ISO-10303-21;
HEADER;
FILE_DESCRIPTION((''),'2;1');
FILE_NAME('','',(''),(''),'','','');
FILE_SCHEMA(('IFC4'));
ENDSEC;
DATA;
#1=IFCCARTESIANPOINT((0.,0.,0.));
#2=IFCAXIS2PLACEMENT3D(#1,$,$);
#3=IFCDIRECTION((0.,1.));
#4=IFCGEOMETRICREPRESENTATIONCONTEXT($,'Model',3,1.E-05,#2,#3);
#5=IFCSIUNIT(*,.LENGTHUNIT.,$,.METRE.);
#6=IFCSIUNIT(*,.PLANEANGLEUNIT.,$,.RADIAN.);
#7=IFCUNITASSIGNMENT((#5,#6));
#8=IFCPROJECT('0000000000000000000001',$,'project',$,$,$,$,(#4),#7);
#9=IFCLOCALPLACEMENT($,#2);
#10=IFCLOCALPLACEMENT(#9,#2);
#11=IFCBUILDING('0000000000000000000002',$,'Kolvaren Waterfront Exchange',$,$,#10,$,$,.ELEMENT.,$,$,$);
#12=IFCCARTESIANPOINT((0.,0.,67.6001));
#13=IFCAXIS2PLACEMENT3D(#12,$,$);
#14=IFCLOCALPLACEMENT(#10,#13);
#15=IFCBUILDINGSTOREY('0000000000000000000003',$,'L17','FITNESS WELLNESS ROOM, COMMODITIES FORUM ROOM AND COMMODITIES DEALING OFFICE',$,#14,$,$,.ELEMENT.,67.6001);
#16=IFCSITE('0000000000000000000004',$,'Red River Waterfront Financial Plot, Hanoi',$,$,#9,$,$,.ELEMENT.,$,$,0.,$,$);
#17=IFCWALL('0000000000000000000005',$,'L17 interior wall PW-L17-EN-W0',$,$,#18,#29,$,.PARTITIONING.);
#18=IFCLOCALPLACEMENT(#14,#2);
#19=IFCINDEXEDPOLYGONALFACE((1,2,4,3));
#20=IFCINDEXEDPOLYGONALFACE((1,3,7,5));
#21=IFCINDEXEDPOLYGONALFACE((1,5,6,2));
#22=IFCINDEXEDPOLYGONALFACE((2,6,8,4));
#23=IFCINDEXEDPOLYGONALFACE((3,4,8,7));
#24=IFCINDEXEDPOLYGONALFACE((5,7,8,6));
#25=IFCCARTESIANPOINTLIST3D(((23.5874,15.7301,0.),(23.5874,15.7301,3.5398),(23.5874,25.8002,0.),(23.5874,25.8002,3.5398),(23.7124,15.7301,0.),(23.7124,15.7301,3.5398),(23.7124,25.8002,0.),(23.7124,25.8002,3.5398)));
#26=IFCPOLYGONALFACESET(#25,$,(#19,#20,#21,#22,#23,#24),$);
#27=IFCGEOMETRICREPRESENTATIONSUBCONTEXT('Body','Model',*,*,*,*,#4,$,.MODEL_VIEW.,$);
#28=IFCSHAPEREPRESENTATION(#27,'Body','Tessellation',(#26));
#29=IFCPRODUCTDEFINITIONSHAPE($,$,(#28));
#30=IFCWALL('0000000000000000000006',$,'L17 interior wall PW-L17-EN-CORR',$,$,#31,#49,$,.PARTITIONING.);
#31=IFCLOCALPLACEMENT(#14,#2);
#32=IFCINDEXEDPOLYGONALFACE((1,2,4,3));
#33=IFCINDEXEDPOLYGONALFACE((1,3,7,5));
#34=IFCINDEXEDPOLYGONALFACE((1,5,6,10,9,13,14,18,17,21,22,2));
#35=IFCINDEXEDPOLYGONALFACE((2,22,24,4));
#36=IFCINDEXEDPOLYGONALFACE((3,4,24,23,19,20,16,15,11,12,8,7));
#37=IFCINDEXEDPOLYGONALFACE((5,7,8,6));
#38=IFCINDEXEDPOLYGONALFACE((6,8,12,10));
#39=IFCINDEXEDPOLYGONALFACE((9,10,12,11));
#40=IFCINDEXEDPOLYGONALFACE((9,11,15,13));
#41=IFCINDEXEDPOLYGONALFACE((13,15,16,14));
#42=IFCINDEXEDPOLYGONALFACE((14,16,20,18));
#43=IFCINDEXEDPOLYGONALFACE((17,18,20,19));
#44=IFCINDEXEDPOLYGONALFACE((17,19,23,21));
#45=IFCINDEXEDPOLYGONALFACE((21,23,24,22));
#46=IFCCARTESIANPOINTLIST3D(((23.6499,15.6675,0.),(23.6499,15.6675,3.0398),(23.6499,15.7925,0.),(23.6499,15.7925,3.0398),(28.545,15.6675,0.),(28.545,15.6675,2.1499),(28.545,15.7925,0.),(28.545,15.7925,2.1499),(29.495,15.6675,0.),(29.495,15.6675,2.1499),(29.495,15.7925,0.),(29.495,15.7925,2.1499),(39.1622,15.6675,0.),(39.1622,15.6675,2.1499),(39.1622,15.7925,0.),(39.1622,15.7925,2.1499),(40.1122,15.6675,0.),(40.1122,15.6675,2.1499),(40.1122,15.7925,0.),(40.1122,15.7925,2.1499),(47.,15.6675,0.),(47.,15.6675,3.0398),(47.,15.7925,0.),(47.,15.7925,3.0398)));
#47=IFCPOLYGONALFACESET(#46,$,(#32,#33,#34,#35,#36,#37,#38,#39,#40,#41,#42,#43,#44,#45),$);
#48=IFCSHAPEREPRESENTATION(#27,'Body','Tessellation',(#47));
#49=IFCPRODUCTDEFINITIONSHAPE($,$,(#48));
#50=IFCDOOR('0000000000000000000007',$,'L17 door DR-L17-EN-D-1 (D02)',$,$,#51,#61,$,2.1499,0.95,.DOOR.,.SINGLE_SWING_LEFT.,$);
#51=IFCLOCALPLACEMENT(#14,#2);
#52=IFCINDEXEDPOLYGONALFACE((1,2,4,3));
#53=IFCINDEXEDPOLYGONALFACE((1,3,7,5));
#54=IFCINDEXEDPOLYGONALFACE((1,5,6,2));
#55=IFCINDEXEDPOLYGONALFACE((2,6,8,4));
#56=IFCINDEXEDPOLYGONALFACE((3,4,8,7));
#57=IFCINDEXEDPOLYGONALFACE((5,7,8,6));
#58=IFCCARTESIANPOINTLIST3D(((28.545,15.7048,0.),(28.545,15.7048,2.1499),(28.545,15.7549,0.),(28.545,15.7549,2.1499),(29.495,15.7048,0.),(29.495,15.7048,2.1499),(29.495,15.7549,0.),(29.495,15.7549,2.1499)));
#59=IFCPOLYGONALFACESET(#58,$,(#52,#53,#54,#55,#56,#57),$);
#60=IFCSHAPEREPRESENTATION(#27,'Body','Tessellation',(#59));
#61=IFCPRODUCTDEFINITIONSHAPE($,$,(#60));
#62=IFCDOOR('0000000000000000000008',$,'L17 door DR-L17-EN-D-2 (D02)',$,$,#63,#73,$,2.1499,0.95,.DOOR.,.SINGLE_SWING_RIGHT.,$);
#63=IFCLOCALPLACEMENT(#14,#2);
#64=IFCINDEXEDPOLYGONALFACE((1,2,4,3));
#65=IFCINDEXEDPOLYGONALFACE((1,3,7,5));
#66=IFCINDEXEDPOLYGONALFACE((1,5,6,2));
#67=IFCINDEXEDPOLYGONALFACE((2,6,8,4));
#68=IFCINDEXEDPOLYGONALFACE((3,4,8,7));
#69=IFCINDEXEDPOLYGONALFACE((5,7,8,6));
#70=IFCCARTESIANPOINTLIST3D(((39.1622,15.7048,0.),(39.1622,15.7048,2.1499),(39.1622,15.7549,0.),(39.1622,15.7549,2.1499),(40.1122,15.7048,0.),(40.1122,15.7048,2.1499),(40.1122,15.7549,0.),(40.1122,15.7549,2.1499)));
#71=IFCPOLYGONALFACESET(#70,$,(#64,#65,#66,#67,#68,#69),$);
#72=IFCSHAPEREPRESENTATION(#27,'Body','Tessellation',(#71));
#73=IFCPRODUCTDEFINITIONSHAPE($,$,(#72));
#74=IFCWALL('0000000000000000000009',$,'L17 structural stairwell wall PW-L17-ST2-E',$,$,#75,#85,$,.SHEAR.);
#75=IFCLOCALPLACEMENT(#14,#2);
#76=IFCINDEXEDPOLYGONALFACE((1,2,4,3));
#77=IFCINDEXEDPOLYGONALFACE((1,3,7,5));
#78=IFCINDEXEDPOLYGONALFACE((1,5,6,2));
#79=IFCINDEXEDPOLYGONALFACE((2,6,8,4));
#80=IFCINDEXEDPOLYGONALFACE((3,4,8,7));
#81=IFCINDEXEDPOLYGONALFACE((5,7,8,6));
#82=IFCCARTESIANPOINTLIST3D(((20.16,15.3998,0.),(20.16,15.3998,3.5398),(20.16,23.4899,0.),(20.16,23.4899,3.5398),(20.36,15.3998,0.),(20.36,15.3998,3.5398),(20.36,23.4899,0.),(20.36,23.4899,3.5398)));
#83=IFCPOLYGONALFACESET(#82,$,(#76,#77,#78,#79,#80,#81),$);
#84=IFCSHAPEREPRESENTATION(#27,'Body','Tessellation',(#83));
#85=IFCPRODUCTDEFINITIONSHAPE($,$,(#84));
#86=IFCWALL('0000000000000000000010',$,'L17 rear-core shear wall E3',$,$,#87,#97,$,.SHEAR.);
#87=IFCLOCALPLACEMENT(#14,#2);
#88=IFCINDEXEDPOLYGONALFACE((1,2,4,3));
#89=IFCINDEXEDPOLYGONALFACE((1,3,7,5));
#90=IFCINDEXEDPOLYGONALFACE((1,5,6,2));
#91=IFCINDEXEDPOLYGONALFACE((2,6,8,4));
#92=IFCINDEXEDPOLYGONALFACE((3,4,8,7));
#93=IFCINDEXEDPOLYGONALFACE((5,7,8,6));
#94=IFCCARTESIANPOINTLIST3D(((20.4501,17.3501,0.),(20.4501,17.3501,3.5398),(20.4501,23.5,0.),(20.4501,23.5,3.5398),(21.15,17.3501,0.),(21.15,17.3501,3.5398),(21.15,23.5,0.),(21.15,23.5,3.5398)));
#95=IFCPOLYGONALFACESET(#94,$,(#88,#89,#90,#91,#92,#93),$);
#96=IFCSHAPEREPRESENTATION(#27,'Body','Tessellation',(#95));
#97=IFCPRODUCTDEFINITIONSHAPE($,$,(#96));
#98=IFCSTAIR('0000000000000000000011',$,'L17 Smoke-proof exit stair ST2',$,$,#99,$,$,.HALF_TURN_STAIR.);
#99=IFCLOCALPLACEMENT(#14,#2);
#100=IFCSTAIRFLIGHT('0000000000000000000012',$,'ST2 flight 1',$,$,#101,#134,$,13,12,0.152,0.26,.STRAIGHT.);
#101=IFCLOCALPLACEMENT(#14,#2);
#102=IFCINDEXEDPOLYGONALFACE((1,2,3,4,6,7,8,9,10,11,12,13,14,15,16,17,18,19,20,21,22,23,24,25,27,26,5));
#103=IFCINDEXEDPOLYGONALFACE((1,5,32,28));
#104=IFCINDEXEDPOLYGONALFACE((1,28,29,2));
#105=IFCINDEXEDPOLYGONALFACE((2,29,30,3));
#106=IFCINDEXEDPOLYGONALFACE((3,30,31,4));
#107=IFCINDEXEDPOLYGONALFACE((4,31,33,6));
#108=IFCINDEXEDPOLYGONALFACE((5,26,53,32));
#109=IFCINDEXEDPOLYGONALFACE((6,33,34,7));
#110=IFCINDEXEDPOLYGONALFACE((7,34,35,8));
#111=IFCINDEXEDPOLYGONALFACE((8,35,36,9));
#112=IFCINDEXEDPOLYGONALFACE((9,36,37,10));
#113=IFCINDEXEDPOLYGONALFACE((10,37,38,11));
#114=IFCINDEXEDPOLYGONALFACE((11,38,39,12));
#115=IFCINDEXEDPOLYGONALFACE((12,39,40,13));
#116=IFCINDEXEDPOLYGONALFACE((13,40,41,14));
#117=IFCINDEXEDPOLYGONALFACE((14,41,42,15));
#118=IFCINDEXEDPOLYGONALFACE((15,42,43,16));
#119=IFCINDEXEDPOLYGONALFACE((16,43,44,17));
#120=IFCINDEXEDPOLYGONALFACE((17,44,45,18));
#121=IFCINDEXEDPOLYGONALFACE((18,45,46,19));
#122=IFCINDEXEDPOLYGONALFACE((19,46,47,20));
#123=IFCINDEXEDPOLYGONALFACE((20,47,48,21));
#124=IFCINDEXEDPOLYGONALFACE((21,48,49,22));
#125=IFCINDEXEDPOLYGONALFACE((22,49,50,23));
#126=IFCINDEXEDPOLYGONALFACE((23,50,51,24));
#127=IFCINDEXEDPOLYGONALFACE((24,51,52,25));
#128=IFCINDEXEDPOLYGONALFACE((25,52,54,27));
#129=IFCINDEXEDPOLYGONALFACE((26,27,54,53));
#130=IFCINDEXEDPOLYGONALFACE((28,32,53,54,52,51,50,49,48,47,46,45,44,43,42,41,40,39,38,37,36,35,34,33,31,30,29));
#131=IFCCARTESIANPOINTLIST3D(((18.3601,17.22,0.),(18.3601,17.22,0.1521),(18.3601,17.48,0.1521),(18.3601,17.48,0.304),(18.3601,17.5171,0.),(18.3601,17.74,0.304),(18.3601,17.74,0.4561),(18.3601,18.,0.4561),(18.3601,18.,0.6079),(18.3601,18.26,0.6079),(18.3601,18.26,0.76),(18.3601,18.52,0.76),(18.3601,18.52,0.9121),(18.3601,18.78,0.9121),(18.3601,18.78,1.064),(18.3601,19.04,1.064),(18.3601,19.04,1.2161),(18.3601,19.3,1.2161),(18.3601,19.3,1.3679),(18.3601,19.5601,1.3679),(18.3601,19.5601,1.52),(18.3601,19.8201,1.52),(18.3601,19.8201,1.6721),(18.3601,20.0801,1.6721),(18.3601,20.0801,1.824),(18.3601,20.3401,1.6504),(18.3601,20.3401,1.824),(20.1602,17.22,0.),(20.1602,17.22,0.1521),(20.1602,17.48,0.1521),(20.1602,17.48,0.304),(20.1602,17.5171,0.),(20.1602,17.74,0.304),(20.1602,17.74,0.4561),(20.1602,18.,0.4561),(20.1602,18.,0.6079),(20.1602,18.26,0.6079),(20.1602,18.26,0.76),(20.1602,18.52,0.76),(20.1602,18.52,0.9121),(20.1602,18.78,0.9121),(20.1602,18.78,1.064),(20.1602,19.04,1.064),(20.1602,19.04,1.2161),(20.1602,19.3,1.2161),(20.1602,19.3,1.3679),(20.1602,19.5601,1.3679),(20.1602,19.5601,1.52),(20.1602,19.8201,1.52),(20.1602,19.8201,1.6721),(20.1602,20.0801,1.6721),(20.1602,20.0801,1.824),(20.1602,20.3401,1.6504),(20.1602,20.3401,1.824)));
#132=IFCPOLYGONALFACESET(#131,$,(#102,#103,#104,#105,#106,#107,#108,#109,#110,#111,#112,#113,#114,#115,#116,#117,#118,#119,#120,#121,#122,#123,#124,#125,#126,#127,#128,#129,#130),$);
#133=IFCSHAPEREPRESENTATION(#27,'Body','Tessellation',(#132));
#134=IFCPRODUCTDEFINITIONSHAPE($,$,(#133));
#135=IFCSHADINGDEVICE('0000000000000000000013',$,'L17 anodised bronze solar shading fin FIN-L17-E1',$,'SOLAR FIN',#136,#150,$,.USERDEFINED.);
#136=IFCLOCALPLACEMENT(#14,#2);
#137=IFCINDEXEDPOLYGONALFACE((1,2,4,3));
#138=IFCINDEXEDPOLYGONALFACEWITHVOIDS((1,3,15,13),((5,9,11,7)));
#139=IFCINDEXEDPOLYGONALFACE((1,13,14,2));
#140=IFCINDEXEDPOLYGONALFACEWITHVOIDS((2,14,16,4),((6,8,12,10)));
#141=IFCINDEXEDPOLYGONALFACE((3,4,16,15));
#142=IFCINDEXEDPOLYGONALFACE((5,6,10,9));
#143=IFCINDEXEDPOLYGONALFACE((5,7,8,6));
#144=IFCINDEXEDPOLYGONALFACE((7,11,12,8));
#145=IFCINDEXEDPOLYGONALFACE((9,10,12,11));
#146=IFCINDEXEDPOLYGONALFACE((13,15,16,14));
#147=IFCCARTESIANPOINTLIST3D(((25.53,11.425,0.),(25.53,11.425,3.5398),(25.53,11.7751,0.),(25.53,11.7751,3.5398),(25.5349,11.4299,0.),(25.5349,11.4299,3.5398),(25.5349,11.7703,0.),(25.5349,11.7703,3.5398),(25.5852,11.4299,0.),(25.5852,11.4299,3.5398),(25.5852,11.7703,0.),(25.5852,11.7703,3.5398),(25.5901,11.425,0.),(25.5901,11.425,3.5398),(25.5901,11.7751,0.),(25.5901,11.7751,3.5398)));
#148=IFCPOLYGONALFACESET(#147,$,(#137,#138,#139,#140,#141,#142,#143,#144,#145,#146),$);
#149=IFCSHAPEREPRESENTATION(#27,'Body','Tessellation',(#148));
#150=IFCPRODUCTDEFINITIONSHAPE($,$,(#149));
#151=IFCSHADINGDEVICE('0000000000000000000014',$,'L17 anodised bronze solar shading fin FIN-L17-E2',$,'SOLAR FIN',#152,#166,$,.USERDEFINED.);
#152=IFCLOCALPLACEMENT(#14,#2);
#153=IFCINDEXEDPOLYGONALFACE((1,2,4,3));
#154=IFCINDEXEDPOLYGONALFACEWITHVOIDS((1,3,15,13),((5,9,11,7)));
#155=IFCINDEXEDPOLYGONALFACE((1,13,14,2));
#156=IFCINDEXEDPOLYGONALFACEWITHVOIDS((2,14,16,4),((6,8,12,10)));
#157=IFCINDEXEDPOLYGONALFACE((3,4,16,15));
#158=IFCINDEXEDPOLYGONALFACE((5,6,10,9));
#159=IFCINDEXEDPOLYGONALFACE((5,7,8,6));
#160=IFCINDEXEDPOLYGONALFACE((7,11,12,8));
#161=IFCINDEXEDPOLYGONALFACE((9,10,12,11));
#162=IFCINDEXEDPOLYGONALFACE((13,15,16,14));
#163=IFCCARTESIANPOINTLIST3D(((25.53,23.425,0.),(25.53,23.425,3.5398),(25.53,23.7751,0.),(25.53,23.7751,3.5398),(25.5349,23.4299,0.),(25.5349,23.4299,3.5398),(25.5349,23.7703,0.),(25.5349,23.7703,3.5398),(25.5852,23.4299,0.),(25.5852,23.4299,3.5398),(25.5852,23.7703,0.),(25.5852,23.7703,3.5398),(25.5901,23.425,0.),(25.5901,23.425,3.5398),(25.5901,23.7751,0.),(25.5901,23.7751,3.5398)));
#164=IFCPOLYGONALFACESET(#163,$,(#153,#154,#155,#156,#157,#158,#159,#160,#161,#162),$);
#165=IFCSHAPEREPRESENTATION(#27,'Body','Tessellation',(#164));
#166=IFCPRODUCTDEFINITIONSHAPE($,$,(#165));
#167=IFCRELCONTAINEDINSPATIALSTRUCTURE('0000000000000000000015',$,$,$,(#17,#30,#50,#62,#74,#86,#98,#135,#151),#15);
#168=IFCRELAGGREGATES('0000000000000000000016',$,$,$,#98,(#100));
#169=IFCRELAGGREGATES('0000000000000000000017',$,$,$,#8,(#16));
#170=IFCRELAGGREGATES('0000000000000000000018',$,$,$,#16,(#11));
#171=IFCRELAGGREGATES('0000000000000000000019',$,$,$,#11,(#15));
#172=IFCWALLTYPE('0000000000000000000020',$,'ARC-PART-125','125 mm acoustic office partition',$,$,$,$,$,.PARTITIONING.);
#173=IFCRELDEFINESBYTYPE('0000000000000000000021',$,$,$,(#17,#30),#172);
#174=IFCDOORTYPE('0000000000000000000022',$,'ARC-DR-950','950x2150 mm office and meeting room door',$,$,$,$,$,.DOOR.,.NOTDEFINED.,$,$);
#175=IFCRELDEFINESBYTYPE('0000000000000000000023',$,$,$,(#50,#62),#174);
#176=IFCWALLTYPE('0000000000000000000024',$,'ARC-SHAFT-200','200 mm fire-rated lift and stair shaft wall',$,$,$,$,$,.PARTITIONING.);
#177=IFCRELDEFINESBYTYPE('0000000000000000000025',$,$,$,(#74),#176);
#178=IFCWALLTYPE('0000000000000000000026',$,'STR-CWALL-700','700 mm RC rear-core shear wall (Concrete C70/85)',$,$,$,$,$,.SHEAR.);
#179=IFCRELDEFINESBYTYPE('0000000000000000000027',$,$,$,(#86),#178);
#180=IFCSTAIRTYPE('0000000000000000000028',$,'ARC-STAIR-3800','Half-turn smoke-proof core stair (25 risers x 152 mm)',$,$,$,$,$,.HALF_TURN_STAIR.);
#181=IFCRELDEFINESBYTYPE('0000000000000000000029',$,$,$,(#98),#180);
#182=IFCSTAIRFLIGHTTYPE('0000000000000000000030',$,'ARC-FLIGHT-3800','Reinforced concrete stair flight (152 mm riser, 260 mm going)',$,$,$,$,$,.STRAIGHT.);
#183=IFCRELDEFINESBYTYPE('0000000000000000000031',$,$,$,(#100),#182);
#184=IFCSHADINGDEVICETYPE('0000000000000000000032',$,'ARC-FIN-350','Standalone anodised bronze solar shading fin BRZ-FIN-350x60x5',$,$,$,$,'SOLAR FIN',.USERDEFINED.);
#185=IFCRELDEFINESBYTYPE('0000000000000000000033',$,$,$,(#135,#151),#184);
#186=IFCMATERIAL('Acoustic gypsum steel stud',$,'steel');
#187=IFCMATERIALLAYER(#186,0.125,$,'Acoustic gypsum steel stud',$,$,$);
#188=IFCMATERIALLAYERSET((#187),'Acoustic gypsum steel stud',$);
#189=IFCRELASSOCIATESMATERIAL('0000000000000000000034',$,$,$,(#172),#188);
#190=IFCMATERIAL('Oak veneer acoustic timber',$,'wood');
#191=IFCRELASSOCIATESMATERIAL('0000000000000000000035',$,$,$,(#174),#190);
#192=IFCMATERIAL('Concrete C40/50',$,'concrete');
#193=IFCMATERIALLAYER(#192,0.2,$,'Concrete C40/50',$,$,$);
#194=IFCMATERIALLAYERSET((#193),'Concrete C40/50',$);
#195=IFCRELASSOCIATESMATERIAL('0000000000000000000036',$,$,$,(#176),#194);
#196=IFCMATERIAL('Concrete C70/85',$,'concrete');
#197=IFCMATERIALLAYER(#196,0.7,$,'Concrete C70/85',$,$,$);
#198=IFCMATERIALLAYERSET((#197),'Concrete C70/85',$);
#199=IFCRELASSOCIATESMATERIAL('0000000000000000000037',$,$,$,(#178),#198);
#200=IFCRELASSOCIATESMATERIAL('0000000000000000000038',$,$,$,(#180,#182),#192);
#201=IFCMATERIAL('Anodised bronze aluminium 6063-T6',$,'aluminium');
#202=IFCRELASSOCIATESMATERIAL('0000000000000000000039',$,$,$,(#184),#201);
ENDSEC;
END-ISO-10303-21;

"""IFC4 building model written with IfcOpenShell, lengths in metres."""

from ifc_helpers import new_model, si_unit, direction, frame, frame_2d, origin, origin_2d, place, context, subcontext, project, spatial, polyline, rectangle, hollow_rectangle, outline, extrude, material, layer, layer_set, material_profile, profile_set, type_object, element, fill, aggregate, save


model = new_model("IFC4")

# Units and contexts
model_context = context("Model", 3, precision=1e-05, world=origin(), true_north=direction((0.0, 1.0)))
body_context = subcontext(model_context, "Body", "Model", "MODEL_VIEW")
ifc_project = project(units=[si_unit("LENGTHUNIT", "METRE"), si_unit("PLANEANGLEUNIT", "RADIAN")], contexts=[model_context])

# Site, building, storey
site_placement = place(None, origin())
site = spatial("IfcSite", under=ifc_project, at=site_placement, Name="Red River Waterfront Financial Plot, Hanoi", CompositionType="ELEMENT", RefElevation=0.0)
building_placement = place(site_placement, origin())
building = spatial("IfcBuilding", under=site, at=building_placement, Name="Kolvaren Waterfront Exchange", CompositionType="ELEMENT")
storey_placement = place(building_placement, frame((0.0, 0.0, 67.6001)))
storey = spatial("IfcBuildingStorey", under=building, at=storey_placement, Name="L17", Description="FITNESS WELLNESS ROOM, COMMODITIES FORUM ROOM AND COMMODITIES DEALING OFFICE", CompositionType="ELEMENT", Elevation=67.6001)

# Shared definitions
ifc_material_1 = material(Name="Concrete C70/85", Category="concrete")

# Shared definitions
ifc_material_2 = material(Name="Anodised bronze aluminium 6063-T6", Category="aluminium")

# Shared definitions
ifc_material_3 = material(Name="Acoustic gypsum steel stud", Category="steel")
ifc_layer_1 = layer(ifc_material_3, 0.125, Name="Acoustic gypsum steel stud")
ifc_layer_set_1 = layer_set([ifc_layer_1], Name="Acoustic gypsum steel stud")
wall_type_1 = type_object("IfcWallType", Name="ARC-PART-125", Description="125 mm acoustic office partition", PredefinedType="PARTITIONING", material=ifc_layer_set_1)
ifc_material_4 = material(Name="Oak veneer acoustic timber", Category="wood")
door_type = type_object("IfcDoorType", Name="ARC-DR-950", Description="950x2150 mm office and meeting room door", OperationType="NOTDEFINED", PredefinedType="DOOR", material=ifc_material_4)

# Wall
wall_1_placement = place(storey_placement, frame((23.6499, 15.73, 0.0), z_axis=(0.0, 0.0, 1.0), x_axis=(0.0, 1.0, 0.0)))
element("IfcWall", 1, at=wall_1_placement, inside=storey, type_object=wall_type_1, Name="L17 interior wall PW-L17-EN-W0", PredefinedType="PARTITIONING", context=body_context, shape_type="SweptSolid", body=[
    extrude(rectangle(XDim=10.0701, YDim=0.125, at=frame_2d((5.0352, 0.0))), origin(), (0.0, 0.0, 1.0), 3.5398),
])

# Wall, openings, doors
wall_2_placement = place(storey_placement, frame((23.6499, 15.73, 0.0), z_axis=(0.0, 0.0, 1.0), x_axis=(1.0, 0.0, 0.0)))
wall_2 = element("IfcWall", 2, at=wall_2_placement, inside=storey, type_object=wall_type_1, Name="L17 interior wall PW-L17-EN-CORR", PredefinedType="PARTITIONING", context=body_context, shape_type="SweptSolid", body=[
    extrude(rectangle(XDim=23.3501, YDim=0.125, at=frame_2d((11.675, 0.0))), origin(), (0.0, 0.0, 1.0), 3.0398),
])
opening_1_placement = place(wall_2_placement, frame((4.895, 0.0, 0.0)))
opening_1 = element("IfcOpeningElement", 3, at=opening_1_placement, cuts=wall_2, PredefinedType="OPENING", context=body_context, shape_type="SweptSolid", body=[
    extrude(rectangle(XDim=0.95, YDim=2.1499, at=frame_2d((0.4751, 1.075))), frame((0.0, 0.0725, 0.0), z_axis=(0.0, -1.0, 0.0), x_axis=(1.0, 0.0, 0.0)), (0.0, 0.0, 1.0), 0.145),
])
opening_2_placement = place(wall_2_placement, frame((15.5122, 0.0, 0.0)))
opening_2 = element("IfcOpeningElement", 4, at=opening_2_placement, cuts=wall_2, PredefinedType="OPENING", context=body_context, shape_type="SweptSolid", body=[
    extrude(rectangle(XDim=0.95, YDim=2.1499, at=frame_2d((0.4751, 1.075))), frame((0.0, 0.0725, 0.0), z_axis=(0.0, -1.0, 0.0), x_axis=(1.0, 0.0, 0.0)), (0.0, 0.0, 1.0), 0.145),
])
door_1_placement = place(opening_1_placement, origin())
door_1 = element("IfcDoor", 5, at=door_1_placement, inside=storey, type_object=door_type, Name="L17 door DR-L17-EN-D-1 (D02)", OperationType="SINGLE_SWING_LEFT", OverallHeight=2.1499, OverallWidth=0.95, PredefinedType="DOOR", context=body_context, shape_type="SweptSolid", body=[
    extrude(rectangle(XDim=0.95, YDim=2.1499, at=frame_2d((0.4751, 1.075))), frame((0.0, 0.0249, 0.0), z_axis=(0.0, -1.0, 0.0), x_axis=(1.0, 0.0, 0.0)), (0.0, 0.0, 1.0), 0.05),
])
fill(opening_1, door_1)
door_2_placement = place(opening_2_placement, origin())
door_2 = element("IfcDoor", 6, at=door_2_placement, inside=storey, type_object=door_type, Name="L17 door DR-L17-EN-D-2 (D02)", OperationType="SINGLE_SWING_RIGHT", OverallHeight=2.1499, OverallWidth=0.95, PredefinedType="DOOR", context=body_context, shape_type="SweptSolid", body=[
    extrude(rectangle(XDim=0.95, YDim=2.1499, at=frame_2d((0.4751, 1.075))), frame((0.0, 0.0249, 0.0), z_axis=(0.0, -1.0, 0.0), x_axis=(1.0, 0.0, 0.0)), (0.0, 0.0, 1.0), 0.05),
])
fill(opening_2, door_2)

# Walls
ifc_material_5 = material(Name="Concrete C40/50", Category="concrete")
ifc_layer_2 = layer(ifc_material_5, 0.2, Name="Concrete C40/50")
ifc_layer_set_2 = layer_set([ifc_layer_2], Name="Concrete C40/50")
wall_type_2 = type_object("IfcWallType", Name="ARC-SHAFT-200", Description="200 mm fire-rated lift and stair shaft wall", PredefinedType="PARTITIONING", material=ifc_layer_set_2)
wall_3_placement = place(storey_placement, frame((20.26, 15.3999, 0.0), z_axis=(0.0, 0.0, 1.0), x_axis=(0.0, 1.0, 0.0)))
element("IfcWall", 7, at=wall_3_placement, inside=storey, type_object=wall_type_2, Name="L17 structural stairwell wall PW-L17-ST2-E", PredefinedType="SHEAR", context=body_context, shape_type="SweptSolid", body=[
    extrude(rectangle(XDim=8.0901, YDim=0.2, at=frame_2d((4.0449, 0.0))), origin(), (0.0, 0.0, 1.0), 3.5398),
])
ifc_layer_3 = layer(ifc_material_1, 0.7, Name="Concrete C70/85")
ifc_layer_set_3 = layer_set([ifc_layer_3], Name="Concrete C70/85")
wall_type_3 = type_object("IfcWallType", Name="STR-CWALL-700", Description="700 mm RC rear-core shear wall (Concrete C70/85)", PredefinedType="SHEAR", material=ifc_layer_set_3)
wall_4_placement = place(storey_placement, frame((20.8, 17.3501, 0.0), z_axis=(0.0, 0.0, 1.0), x_axis=(0.0, 1.0, 0.0)))
element("IfcWall", 8, at=wall_4_placement, inside=storey, type_object=wall_type_3, Name="L17 rear-core shear wall E3", PredefinedType="SHEAR", context=body_context, shape_type="SweptSolid", body=[
    extrude(rectangle(XDim=6.1499, YDim=0.7, at=frame_2d((3.075, 0.0))), origin(), (0.0, 0.0, 1.0), 3.5398),
])

# Stair, stair flight
stair_type = type_object("IfcStairType", Name="ARC-STAIR-3800", Description="Half-turn smoke-proof core stair (25 risers x 152 mm)", PredefinedType="HALF_TURN_STAIR", material=ifc_material_5)
stair_placement = place(storey_placement, origin())
stair = element("IfcStair", 9, at=stair_placement, inside=storey, type_object=stair_type, Name="L17 Smoke-proof exit stair ST2", PredefinedType="HALF_TURN_STAIR")
stair_flight_type = type_object("IfcStairFlightType", Name="ARC-FLIGHT-3800", Description="Reinforced concrete stair flight (152 mm riser, 260 mm going)", PredefinedType="STRAIGHT", material=ifc_material_5)
stair_flight_placement = place(storey_placement, frame((19.26, 17.22, 0.0), z_axis=(0.0, 0.0, 1.0), x_axis=(0.0, 1.0, 0.0)))
stair_flight = element("IfcStairFlight", 10, at=stair_flight_placement, type_object=stair_flight_type, Name="ST2 flight 1", NumberOfRisers=13, NumberOfTreads=12, PredefinedType="STRAIGHT", RiserHeight=0.152, TreadLength=0.26, context=body_context, shape_type="SweptSolid", body=[
    extrude(outline(polyline([(0.0, 0.0), (0.0, 0.1521), (0.26, 0.1521), (0.26, 0.304), (0.52, 0.304), (0.52, 0.4561), (0.78, 0.4561), (0.78, 0.6079), (1.04, 0.6079), (1.04, 0.76), (1.3, 0.76), (1.3, 0.9121), (1.5601, 0.9121), (1.5601, 1.064), (1.8201, 1.064), (1.8201, 1.2161), (2.0801, 1.2161), (2.0801, 1.3679), (2.3401, 1.3679), (2.3401, 1.52), (2.6001, 1.52), (2.6001, 1.6721), (2.8601, 1.6721), (2.8601, 1.824), (3.1201, 1.824), (3.1201, 1.9761), (3.1201, 1.6504), (0.2971, 0.0), (0.0, 0.0)])), frame((0.0, 0.8999, 0.0), z_axis=(0.0, -1.0, 0.0), x_axis=(1.0, 0.0, 0.0)), (0.0, 0.0, 1.0), 1.8),
])
aggregate(stair, [stair_flight])

# Shading devices
ifc_material_profile_1 = material_profile(ifc_material_2, hollow_rectangle(XDim=0.0601, YDim=0.3501, WallThickness=0.0049, at=origin_2d()), Name="BRZ-FIN-350x60x5")
ifc_profile_set_1 = profile_set([ifc_material_profile_1], Name="Anodised bronze aluminium 6063-T6")
shading_device_type = type_object("IfcShadingDeviceType", Name="ARC-FIN-350", Description="Standalone anodised bronze solar shading fin BRZ-FIN-350x60x5", ElementType="SOLAR FIN", PredefinedType="USERDEFINED", material=ifc_profile_set_1)
for number, where, z_axis, x_axis, name in (
    (11, (25.5601, 11.6001, 0.0), (0.0, 0.0, 1.0), (1.0, 0.0, 0.0), "L17 anodised bronze solar shading fin FIN-L17-E1"),
    (12, (25.5601, 23.6001, 0.0), (0.0, 0.0, 1.0), (1.0, 0.0, 0.0), "L17 anodised bronze solar shading fin FIN-L17-E2"),
):
    element("IfcShadingDevice", number, at=place(storey_placement, frame(where, z_axis=z_axis, x_axis=x_axis)), inside=storey, type_object=shading_device_type, Name=name, ObjectType="SOLAR FIN", PredefinedType="USERDEFINED", context=body_context, shape_type="SweptSolid", body=[
        extrude(hollow_rectangle(XDim=0.0601, YDim=0.3501, WallThickness=0.0049, at=origin_2d()), origin(), (0.0, 0.0, 1.0), 3.5398),
    ])

save(model, "model.ifc")
